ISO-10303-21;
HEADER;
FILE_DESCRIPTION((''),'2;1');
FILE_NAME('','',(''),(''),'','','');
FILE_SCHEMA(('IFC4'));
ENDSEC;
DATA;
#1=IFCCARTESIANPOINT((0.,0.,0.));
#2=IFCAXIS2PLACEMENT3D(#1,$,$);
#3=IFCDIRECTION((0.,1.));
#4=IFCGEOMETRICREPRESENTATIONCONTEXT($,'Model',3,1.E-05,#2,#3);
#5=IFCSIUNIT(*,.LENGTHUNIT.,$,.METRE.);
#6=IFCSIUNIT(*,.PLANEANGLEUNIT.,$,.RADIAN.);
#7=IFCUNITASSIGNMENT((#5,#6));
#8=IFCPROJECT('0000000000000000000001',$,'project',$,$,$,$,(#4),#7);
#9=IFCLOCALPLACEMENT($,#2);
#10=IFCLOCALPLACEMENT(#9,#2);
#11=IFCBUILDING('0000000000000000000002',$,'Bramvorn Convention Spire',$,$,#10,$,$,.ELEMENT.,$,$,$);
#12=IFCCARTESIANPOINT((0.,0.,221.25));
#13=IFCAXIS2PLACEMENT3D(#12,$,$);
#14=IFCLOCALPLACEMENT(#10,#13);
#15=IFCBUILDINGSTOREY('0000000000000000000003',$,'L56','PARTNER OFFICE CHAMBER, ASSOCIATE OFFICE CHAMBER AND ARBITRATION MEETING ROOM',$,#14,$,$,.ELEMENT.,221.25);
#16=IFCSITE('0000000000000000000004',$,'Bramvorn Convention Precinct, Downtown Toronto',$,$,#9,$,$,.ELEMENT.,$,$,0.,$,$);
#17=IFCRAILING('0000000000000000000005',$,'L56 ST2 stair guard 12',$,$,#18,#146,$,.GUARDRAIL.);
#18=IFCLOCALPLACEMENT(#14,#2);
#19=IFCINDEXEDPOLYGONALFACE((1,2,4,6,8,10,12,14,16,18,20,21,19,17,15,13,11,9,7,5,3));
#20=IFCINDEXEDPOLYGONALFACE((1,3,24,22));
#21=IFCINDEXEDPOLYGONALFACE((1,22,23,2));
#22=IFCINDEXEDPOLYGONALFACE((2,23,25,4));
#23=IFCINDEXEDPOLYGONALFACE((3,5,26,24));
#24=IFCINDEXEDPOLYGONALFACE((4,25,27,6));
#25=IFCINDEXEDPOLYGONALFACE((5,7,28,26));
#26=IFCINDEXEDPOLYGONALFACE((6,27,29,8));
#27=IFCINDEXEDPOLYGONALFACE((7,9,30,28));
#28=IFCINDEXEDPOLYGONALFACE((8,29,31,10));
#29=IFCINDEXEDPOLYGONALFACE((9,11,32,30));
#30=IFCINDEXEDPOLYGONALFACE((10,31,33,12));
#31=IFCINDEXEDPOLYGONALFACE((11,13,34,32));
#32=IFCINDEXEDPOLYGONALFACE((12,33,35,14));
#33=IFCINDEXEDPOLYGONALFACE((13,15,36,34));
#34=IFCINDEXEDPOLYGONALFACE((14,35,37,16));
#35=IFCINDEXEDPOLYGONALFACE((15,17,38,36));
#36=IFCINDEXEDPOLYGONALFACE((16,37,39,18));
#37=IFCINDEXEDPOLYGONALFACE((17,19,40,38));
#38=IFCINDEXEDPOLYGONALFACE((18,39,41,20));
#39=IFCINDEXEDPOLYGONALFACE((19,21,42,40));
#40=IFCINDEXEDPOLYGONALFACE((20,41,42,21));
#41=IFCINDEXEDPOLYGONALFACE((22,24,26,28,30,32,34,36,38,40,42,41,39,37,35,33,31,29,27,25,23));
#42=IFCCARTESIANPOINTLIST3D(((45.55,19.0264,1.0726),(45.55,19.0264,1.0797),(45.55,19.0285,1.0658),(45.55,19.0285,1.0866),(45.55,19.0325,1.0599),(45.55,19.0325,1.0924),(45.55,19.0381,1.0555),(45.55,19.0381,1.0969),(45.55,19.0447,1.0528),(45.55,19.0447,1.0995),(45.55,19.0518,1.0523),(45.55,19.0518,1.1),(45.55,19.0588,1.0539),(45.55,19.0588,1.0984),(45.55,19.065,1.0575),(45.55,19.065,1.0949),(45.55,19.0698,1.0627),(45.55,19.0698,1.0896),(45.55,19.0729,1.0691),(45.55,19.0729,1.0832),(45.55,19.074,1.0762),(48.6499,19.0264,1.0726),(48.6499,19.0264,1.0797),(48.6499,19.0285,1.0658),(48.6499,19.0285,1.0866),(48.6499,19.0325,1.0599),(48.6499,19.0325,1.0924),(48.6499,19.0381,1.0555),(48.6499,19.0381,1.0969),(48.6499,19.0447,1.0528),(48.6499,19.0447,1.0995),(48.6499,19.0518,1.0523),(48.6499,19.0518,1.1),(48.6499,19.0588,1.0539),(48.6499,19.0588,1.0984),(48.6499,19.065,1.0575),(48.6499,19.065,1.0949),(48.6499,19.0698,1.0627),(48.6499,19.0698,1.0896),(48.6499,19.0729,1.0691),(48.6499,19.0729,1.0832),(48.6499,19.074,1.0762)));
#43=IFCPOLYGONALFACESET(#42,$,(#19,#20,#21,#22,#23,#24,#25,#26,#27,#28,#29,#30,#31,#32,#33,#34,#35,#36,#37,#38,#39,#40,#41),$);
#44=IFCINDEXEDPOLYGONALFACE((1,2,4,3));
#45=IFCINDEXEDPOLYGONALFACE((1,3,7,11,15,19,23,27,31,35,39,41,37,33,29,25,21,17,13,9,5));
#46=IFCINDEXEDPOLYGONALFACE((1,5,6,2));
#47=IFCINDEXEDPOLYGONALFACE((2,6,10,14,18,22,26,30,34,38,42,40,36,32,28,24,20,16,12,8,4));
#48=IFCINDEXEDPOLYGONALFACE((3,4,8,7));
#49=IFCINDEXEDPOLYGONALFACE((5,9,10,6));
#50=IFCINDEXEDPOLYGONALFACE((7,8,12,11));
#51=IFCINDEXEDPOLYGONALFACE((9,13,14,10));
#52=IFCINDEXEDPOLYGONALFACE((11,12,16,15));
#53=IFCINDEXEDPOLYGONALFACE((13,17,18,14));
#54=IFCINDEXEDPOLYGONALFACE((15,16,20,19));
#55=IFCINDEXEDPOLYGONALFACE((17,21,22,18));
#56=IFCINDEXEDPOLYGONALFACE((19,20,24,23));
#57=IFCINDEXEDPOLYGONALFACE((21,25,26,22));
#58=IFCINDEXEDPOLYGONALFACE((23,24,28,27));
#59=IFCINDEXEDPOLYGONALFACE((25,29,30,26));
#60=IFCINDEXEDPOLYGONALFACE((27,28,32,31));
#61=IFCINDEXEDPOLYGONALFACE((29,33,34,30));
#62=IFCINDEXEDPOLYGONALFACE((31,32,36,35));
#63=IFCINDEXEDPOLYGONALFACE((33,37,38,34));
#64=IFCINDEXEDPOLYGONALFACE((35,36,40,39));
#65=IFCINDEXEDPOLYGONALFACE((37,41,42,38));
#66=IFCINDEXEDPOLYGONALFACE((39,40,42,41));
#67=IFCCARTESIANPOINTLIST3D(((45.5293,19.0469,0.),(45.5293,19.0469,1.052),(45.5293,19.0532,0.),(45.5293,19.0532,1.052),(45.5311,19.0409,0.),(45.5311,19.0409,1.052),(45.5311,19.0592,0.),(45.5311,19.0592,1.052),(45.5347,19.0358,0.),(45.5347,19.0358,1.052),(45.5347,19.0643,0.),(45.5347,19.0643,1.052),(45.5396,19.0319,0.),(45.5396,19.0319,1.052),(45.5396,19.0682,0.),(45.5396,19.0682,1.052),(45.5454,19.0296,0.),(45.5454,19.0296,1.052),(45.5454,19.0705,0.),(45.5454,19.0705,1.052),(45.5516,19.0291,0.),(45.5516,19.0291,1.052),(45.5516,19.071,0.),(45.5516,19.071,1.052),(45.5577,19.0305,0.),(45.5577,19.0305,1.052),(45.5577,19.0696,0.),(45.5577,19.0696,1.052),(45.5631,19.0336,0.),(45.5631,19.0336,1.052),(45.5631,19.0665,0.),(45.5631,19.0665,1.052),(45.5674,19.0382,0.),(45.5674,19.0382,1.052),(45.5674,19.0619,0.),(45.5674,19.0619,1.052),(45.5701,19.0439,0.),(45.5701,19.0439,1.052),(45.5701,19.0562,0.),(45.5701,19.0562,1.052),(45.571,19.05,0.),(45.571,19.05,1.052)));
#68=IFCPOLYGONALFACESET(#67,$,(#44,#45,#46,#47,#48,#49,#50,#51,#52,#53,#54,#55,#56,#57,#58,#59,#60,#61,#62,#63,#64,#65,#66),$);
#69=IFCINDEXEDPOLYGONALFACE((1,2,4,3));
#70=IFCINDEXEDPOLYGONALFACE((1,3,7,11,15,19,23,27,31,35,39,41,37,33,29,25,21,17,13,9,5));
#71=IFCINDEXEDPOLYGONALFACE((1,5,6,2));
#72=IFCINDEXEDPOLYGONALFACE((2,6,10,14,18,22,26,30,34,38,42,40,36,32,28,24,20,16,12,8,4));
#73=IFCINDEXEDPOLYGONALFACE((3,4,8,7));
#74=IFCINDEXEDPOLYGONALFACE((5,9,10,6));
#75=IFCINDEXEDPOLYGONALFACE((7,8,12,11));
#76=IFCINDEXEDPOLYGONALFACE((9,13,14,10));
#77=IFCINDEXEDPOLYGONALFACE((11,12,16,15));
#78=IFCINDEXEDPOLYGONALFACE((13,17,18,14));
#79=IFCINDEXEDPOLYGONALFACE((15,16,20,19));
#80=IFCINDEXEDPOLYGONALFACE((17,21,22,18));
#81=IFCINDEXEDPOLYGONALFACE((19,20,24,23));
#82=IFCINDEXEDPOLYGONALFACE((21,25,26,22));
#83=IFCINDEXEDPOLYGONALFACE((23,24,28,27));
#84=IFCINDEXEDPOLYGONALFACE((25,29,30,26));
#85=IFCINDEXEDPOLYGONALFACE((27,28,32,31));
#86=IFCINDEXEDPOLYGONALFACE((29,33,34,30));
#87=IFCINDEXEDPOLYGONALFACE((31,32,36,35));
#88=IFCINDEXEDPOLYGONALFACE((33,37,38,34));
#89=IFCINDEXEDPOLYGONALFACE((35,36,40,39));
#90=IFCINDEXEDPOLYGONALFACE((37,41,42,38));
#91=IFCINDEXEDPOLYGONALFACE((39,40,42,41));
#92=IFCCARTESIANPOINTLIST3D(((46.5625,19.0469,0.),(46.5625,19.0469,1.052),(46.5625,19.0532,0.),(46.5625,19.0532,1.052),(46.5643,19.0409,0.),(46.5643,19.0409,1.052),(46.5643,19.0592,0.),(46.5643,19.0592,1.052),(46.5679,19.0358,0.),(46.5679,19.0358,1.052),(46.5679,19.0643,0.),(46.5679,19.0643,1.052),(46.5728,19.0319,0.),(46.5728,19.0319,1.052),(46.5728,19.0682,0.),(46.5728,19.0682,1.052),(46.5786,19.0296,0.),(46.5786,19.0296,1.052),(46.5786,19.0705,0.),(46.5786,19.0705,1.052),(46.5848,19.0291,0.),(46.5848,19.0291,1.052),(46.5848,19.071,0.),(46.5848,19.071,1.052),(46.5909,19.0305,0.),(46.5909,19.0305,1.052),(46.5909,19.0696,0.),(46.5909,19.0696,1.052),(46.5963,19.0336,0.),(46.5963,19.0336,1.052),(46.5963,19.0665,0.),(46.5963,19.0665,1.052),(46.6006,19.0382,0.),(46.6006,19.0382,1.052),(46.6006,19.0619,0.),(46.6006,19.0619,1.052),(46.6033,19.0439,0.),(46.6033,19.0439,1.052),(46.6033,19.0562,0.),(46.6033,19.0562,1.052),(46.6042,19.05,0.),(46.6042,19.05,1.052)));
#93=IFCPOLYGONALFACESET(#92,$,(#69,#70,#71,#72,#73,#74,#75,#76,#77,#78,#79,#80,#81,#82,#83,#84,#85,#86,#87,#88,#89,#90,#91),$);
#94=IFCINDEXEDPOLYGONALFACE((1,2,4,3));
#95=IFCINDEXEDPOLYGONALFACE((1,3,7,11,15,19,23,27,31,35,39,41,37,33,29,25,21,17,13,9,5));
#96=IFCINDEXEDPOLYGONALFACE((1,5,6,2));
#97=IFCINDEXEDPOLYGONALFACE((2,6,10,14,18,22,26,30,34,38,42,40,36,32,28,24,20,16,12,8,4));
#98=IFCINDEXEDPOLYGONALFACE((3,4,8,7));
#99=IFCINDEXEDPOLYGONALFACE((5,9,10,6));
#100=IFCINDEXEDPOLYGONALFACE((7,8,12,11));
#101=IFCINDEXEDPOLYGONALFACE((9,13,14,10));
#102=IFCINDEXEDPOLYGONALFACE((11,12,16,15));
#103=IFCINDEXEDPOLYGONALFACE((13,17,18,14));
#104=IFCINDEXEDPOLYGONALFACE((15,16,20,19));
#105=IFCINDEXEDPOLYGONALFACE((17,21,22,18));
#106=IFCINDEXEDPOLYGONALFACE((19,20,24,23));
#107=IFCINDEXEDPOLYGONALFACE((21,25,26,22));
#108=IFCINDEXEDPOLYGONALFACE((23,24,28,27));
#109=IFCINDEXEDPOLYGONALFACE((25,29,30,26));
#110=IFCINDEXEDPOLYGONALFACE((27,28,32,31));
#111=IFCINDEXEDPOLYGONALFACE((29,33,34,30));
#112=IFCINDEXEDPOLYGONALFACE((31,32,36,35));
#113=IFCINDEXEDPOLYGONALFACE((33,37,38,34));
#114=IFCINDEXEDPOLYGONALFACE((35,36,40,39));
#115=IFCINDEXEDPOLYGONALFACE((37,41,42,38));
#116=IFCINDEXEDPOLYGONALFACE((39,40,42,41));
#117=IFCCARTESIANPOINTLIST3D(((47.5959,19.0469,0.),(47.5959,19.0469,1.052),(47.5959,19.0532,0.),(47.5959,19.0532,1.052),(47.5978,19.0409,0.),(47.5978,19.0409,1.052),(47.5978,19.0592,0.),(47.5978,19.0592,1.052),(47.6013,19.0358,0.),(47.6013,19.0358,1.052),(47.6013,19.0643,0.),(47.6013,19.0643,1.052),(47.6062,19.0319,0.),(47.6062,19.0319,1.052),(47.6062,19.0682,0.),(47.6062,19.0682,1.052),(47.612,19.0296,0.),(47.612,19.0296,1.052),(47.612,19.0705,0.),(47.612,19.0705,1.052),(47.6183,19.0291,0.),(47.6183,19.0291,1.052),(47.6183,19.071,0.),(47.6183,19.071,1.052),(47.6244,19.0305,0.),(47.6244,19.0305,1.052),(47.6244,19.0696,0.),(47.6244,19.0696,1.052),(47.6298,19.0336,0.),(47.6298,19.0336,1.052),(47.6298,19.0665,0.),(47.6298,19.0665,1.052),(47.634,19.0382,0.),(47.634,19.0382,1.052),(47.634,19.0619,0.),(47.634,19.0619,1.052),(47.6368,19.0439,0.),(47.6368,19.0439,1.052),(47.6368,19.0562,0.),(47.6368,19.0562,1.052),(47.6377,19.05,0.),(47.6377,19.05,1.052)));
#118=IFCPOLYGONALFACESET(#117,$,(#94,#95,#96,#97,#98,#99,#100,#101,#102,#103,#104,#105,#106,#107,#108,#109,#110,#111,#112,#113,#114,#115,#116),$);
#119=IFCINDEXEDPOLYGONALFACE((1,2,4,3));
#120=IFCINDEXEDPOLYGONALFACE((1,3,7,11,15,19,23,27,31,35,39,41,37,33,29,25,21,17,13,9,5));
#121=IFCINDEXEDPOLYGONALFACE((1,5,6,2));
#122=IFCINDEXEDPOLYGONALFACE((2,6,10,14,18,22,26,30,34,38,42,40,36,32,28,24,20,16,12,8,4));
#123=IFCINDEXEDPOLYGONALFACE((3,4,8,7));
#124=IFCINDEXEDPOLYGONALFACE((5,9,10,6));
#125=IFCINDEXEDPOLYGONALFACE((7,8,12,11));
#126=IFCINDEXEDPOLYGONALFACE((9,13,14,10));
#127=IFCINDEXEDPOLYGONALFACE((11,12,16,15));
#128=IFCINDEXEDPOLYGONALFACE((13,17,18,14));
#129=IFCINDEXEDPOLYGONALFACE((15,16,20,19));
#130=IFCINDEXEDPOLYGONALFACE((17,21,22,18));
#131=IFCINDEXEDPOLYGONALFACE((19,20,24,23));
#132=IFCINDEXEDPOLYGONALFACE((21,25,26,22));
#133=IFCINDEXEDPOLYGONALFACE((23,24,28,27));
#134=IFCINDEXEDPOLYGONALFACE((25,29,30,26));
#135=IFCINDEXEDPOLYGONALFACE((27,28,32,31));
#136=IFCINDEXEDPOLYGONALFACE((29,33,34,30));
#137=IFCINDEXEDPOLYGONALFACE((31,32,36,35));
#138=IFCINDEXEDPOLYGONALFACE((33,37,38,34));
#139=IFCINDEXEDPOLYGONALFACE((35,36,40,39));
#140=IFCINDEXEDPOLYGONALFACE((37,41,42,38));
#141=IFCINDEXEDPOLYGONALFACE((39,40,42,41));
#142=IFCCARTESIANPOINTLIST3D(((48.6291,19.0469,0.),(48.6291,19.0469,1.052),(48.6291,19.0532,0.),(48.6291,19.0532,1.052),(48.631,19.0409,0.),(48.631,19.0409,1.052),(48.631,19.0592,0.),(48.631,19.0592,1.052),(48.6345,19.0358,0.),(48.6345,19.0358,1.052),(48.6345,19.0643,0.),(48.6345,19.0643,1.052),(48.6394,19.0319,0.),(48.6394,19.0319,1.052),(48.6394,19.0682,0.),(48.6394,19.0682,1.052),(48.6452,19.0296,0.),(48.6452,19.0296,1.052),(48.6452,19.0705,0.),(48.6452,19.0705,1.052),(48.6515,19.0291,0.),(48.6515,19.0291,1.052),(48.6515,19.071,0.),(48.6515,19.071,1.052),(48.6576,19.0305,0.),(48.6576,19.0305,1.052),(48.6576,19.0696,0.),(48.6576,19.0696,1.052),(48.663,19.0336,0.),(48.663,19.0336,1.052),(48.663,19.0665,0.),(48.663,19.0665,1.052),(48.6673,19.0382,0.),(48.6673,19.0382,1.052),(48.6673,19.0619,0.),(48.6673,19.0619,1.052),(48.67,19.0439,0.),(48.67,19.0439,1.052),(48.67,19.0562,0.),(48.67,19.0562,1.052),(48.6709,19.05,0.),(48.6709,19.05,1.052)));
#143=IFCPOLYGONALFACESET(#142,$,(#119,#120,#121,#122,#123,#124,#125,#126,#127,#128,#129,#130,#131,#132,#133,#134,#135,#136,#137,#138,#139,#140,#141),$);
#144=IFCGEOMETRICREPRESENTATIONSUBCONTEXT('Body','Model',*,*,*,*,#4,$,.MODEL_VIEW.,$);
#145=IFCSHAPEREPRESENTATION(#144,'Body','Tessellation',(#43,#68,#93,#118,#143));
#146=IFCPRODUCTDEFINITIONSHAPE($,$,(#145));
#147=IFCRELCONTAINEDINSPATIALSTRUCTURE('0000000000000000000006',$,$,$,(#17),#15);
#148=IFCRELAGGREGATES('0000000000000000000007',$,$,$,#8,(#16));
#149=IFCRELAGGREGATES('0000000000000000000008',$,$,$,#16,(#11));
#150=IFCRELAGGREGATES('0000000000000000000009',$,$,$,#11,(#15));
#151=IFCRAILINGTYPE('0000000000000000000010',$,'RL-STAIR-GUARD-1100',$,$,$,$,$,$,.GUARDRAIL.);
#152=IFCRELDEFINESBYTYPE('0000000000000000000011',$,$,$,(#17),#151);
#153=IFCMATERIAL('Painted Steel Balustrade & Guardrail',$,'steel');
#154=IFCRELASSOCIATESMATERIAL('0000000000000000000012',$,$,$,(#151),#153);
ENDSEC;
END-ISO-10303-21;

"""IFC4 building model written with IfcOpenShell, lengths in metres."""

from ifc_helpers import new_model, si_unit, direction, frame, origin, origin_2d, place, context, subcontext, project, spatial, circle, extrude, material, type_object, element, save


model = new_model("IFC4")

# Units and contexts
model_context = context("Model", 3, precision=1e-05, world=origin(), true_north=direction((0.0, 1.0)))
body_context = subcontext(model_context, "Body", "Model", "MODEL_VIEW")
ifc_project = project(units=[si_unit("LENGTHUNIT", "METRE"), si_unit("PLANEANGLEUNIT", "RADIAN")], contexts=[model_context])

# Site, building, storey
site_placement = place(None, origin())
site = spatial("IfcSite", under=ifc_project, at=site_placement, Name="Bramvorn Convention Precinct, Downtown Toronto", CompositionType="ELEMENT", RefElevation=0.0)
building_placement = place(site_placement, origin())
building = spatial("IfcBuilding", under=site, at=building_placement, Name="Bramvorn Convention Spire", CompositionType="ELEMENT")
storey_placement = place(building_placement, frame((0.0, 0.0, 221.25)))
storey = spatial("IfcBuildingStorey", under=building, at=storey_placement, Name="L56", Description="PARTNER OFFICE CHAMBER, ASSOCIATE OFFICE CHAMBER AND ARBITRATION MEETING ROOM", CompositionType="ELEMENT", Elevation=221.25)

# Railing
ifc_material_1 = material(Name="Painted Steel Balustrade & Guardrail", Category="steel")
railing_type = type_object("IfcRailingType", Name="RL-STAIR-GUARD-1100", PredefinedType="GUARDRAIL", material=ifc_material_1)
railing_1_placement = place(storey_placement, frame((45.55, 19.05, 0.0)))
element("IfcRailing", 1, at=railing_1_placement, inside=storey, type_object=railing_type, Name="L56 ST2 stair guard 12", PredefinedType="GUARDRAIL", context=body_context, shape_type="SweptSolid", body=[
    extrude(circle(Radius=0.0239, at=origin_2d()), frame((0.0, 0.0, 1.0762), z_axis=(1.0, 0.0, 0.0), x_axis=(0.0, 1.0, 0.0)), (0.0, 0.0, 1.0), 3.0999),
    extrude(circle(Radius=0.021, at=origin_2d()), origin(), (0.0, 0.0, 1.0), 1.052),
    extrude(circle(Radius=0.021, at=origin_2d()), frame((1.0332, 0.0, 0.0)), (0.0, 0.0, 1.0), 1.052),
    extrude(circle(Radius=0.021, at=origin_2d()), frame((2.0667, 0.0, 0.0)), (0.0, 0.0, 1.0), 1.052),
    extrude(circle(Radius=0.021, at=origin_2d()), frame((3.0999, 0.0, 0.0)), (0.0, 0.0, 1.0), 1.052),
])

save(model, "model.ifc")
